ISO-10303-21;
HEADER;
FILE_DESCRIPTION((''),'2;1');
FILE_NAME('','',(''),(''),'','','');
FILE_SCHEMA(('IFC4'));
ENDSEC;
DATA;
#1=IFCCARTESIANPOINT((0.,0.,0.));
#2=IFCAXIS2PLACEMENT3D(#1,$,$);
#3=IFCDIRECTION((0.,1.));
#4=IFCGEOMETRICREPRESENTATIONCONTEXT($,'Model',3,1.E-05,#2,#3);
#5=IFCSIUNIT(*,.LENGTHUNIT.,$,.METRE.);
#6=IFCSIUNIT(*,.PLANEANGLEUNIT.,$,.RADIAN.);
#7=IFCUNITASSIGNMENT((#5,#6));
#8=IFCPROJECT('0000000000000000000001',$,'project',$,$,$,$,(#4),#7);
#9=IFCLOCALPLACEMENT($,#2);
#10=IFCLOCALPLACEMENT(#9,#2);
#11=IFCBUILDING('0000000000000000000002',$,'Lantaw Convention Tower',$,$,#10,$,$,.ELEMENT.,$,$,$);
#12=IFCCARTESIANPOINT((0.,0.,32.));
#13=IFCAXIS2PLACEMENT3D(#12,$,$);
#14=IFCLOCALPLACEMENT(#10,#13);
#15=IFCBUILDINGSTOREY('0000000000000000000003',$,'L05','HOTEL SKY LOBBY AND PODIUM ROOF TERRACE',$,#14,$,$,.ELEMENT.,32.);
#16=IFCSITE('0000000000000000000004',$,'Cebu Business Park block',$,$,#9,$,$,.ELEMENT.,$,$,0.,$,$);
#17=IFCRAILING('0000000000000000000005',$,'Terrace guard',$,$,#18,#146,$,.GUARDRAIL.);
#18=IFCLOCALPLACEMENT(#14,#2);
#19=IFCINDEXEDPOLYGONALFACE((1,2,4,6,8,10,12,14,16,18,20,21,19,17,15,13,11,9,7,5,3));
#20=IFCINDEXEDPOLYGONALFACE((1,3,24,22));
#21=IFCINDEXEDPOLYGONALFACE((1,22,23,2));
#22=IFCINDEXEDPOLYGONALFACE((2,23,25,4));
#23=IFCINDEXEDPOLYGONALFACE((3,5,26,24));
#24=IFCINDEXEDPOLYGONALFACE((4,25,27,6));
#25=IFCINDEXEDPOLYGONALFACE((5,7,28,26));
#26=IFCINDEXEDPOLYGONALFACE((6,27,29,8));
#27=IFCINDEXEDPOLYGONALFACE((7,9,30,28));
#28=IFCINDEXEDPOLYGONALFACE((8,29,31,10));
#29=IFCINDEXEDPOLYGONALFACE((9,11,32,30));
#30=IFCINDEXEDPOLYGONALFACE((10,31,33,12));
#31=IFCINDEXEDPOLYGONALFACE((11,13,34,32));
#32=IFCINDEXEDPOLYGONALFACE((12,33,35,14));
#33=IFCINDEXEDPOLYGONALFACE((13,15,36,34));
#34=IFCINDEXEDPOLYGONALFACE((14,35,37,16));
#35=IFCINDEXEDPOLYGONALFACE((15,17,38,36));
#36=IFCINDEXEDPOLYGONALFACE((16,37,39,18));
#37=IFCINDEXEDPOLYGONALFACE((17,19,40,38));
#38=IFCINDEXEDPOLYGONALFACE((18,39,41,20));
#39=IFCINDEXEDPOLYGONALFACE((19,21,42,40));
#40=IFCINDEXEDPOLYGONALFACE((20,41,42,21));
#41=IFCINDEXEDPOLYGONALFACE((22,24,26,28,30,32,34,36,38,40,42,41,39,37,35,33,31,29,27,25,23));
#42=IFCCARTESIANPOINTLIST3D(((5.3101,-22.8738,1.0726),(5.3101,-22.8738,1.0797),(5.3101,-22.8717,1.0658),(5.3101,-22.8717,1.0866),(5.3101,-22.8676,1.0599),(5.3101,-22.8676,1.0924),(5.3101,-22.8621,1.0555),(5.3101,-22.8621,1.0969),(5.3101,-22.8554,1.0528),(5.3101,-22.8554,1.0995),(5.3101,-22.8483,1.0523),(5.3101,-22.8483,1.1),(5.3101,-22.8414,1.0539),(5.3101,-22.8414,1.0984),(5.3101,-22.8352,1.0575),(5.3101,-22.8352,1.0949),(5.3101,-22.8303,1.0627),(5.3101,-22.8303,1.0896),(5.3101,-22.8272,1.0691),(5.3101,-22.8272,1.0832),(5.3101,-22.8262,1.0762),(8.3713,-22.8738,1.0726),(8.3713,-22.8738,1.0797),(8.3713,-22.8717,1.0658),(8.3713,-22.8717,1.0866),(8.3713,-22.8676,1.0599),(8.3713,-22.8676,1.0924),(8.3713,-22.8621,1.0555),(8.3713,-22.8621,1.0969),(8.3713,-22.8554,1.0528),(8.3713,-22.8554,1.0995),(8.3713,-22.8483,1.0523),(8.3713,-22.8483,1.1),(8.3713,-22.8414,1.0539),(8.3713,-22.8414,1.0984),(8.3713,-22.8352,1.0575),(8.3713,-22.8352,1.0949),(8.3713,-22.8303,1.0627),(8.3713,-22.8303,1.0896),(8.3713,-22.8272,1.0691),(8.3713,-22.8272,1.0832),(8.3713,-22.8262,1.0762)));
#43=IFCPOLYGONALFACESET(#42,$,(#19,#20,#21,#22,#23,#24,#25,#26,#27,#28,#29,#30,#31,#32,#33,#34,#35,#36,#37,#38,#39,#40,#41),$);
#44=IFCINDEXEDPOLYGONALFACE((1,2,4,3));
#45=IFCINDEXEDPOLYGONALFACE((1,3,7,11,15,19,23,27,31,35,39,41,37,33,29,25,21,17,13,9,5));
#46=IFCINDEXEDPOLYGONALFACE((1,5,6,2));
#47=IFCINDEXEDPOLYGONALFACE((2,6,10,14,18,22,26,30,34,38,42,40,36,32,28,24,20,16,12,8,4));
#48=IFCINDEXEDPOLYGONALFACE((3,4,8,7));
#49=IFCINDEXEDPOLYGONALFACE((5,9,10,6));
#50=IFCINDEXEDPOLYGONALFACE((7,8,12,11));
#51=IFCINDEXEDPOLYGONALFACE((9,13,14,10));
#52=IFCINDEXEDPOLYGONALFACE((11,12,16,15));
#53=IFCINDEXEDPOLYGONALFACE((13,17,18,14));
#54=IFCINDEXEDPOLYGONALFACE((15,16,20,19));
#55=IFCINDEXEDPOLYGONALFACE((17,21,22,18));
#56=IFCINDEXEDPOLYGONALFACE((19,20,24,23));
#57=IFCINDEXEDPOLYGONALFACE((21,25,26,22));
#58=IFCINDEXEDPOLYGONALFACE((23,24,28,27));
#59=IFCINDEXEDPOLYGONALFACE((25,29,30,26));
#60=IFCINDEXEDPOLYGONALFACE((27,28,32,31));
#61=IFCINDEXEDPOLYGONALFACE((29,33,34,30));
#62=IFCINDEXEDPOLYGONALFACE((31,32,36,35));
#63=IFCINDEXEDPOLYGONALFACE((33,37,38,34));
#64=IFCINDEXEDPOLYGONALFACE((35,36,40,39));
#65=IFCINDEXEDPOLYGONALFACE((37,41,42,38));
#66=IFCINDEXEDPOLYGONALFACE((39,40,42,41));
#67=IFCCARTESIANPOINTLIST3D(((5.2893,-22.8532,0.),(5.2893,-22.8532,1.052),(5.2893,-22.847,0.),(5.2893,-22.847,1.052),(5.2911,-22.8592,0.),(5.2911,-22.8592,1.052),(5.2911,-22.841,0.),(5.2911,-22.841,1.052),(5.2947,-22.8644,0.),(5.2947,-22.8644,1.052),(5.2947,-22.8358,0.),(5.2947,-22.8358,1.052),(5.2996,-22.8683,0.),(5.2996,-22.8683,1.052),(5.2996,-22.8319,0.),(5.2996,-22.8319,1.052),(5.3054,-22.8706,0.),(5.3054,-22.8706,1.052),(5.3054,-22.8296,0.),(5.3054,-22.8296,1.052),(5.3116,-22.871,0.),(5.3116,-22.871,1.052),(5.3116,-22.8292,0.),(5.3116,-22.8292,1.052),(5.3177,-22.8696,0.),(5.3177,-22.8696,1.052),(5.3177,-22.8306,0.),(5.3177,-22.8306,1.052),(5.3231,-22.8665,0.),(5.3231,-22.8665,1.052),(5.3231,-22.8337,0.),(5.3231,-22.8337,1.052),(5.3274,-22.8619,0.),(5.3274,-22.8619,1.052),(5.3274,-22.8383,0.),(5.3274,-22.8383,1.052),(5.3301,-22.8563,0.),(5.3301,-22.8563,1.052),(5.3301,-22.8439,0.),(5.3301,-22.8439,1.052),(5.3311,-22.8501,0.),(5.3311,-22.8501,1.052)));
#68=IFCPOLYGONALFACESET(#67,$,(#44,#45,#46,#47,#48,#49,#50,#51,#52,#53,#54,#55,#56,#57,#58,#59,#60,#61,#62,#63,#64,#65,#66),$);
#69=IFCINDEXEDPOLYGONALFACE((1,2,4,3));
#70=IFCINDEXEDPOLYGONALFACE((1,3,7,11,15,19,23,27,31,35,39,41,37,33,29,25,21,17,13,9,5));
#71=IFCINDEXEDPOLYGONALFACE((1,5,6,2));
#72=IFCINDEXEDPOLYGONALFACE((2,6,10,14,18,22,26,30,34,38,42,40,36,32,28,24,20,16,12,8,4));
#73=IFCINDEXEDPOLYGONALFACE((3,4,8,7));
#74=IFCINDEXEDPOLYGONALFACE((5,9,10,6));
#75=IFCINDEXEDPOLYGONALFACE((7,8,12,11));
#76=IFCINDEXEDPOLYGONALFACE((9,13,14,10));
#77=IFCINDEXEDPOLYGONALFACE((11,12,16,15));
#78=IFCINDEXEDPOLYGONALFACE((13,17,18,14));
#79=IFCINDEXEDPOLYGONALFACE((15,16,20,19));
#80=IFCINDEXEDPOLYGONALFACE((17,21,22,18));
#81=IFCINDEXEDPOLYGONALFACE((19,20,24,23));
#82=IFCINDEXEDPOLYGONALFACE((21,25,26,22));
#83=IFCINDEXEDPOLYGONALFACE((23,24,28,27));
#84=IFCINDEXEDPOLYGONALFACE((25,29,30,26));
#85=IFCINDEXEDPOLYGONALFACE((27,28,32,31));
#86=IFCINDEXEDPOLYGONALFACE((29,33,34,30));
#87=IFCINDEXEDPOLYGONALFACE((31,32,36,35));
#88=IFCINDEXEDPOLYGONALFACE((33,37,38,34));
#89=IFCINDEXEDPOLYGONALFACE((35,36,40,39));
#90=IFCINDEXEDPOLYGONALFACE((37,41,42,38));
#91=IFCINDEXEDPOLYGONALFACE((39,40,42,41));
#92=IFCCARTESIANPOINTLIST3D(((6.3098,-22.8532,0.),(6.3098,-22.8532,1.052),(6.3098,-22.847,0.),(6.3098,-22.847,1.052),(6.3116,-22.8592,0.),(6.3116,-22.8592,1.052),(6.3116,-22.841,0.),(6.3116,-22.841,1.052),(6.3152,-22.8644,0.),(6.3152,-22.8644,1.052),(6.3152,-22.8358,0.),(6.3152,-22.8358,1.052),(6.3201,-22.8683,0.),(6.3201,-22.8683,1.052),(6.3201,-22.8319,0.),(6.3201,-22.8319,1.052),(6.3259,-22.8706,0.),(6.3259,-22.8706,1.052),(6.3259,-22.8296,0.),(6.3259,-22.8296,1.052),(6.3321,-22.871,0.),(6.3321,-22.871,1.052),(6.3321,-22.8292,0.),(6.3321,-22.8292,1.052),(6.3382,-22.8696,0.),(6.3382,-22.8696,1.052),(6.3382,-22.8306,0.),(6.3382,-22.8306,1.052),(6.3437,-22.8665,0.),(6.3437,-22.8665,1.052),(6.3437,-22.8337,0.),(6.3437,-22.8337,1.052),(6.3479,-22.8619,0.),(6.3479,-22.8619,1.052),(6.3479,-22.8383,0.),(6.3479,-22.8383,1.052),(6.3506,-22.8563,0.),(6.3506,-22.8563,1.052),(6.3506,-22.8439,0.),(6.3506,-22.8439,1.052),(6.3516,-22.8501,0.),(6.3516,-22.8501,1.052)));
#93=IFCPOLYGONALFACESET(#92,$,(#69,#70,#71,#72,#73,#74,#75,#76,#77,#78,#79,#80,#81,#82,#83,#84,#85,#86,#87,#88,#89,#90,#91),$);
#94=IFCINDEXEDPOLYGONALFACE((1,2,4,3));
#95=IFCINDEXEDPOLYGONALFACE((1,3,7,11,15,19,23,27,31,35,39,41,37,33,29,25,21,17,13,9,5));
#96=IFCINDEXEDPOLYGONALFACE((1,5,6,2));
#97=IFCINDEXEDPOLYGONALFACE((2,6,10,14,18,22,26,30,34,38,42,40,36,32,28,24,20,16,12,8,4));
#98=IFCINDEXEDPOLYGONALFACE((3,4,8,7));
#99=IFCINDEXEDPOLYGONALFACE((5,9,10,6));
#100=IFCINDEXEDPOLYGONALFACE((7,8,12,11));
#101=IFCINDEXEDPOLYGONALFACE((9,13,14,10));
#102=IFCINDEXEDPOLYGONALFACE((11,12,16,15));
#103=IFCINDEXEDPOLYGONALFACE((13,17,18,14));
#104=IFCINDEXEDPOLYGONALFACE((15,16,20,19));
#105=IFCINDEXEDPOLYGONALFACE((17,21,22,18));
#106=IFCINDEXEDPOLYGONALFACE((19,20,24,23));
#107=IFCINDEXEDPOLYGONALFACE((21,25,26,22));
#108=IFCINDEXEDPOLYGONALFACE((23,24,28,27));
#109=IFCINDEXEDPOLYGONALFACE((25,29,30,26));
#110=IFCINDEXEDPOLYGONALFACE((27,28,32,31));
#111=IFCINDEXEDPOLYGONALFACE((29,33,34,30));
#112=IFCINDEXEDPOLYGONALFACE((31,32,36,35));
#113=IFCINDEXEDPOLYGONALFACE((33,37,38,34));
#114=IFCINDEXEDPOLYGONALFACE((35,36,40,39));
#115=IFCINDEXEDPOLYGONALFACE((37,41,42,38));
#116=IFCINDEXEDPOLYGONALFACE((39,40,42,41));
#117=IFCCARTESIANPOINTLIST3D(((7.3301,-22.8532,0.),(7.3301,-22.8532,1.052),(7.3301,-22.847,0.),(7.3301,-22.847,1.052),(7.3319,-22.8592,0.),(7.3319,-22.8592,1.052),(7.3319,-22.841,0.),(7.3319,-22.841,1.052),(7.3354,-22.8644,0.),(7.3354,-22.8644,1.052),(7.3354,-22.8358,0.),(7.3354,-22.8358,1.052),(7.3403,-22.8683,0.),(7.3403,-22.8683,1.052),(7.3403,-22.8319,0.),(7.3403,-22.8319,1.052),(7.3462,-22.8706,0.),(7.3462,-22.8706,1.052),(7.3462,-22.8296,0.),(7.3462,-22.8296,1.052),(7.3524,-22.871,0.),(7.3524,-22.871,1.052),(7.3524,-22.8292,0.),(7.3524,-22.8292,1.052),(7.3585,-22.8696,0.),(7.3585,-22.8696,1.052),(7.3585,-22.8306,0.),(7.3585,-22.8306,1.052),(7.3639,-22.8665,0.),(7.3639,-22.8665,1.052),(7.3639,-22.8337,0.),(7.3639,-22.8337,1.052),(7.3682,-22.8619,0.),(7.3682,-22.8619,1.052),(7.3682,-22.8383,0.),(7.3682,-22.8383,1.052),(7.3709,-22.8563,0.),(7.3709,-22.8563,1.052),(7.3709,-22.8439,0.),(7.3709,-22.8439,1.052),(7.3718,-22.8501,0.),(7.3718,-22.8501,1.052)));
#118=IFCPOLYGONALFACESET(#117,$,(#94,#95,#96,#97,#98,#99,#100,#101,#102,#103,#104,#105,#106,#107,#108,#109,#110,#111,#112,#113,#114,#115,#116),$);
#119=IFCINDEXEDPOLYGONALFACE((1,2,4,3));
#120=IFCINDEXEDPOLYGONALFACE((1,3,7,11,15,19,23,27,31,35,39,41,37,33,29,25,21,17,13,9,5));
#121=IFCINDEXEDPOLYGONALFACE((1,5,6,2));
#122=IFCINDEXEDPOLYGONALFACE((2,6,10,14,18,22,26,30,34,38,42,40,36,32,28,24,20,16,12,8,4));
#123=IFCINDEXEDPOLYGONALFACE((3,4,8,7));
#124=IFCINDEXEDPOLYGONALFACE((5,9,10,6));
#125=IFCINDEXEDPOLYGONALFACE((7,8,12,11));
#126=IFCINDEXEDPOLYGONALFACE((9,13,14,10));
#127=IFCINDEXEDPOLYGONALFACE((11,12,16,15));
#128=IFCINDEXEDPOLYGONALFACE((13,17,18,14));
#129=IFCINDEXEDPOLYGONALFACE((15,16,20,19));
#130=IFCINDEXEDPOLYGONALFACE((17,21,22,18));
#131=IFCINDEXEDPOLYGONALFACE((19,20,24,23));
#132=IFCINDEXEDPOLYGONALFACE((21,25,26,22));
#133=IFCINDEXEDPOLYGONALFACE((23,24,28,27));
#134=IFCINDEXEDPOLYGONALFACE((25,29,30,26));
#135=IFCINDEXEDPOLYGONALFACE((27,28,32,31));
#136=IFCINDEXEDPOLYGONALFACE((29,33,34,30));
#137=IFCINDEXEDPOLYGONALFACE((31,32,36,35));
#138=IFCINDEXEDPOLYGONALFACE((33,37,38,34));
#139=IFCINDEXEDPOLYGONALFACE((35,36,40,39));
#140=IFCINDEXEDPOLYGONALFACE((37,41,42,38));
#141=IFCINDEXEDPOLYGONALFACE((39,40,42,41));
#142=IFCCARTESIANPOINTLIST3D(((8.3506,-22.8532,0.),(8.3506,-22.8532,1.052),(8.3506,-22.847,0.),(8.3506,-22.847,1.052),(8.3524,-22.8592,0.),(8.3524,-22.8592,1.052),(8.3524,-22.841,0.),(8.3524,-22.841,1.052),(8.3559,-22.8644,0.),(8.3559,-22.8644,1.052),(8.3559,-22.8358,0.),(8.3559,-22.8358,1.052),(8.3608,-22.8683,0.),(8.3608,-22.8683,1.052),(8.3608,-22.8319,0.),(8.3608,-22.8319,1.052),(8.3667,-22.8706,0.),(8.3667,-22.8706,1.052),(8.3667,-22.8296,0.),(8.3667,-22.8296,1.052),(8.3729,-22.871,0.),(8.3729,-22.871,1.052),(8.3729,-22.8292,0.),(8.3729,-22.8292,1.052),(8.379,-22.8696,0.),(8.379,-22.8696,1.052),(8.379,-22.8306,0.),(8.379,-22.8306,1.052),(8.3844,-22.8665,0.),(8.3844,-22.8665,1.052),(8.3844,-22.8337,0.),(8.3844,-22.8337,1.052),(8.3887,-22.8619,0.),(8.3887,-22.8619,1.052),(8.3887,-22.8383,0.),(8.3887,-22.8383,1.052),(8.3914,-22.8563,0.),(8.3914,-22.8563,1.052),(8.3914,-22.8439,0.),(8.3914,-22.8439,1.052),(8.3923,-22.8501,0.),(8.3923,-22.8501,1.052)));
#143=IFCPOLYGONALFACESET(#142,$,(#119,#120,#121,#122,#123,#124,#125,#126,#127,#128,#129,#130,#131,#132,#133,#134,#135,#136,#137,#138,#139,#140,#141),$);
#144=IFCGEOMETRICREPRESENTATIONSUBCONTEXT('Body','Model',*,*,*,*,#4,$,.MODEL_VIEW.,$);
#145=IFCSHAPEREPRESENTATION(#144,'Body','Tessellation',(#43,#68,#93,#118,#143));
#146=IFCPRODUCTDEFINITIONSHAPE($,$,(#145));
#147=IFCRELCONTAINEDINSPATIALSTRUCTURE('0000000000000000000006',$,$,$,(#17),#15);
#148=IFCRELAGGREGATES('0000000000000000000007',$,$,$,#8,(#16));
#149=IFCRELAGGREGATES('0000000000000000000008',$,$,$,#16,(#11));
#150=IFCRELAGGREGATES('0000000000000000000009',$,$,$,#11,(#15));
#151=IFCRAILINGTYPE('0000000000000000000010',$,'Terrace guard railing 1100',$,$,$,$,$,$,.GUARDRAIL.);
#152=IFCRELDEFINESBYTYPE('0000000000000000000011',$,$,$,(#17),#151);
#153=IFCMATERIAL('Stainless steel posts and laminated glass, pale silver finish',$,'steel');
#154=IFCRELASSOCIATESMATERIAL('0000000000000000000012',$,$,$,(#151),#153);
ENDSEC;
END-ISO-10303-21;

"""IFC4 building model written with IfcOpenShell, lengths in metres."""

from ifc_helpers import new_model, si_unit, direction, frame, origin, origin_2d, place, context, subcontext, project, spatial, circle, extrude, material, type_object, element, save


model = new_model("IFC4")

# Units and contexts
model_context = context("Model", 3, precision=1e-05, world=origin(), true_north=direction((0.0, 1.0)))
body_context = subcontext(model_context, "Body", "Model", "MODEL_VIEW")
ifc_project = project(units=[si_unit("LENGTHUNIT", "METRE"), si_unit("PLANEANGLEUNIT", "RADIAN")], contexts=[model_context])

# Site, building, storey
site_placement = place(None, origin())
site = spatial("IfcSite", under=ifc_project, at=site_placement, Name="Cebu Business Park block", CompositionType="ELEMENT", RefElevation=0.0)
building_placement = place(site_placement, origin())
building = spatial("IfcBuilding", under=site, at=building_placement, Name="Lantaw Convention Tower", CompositionType="ELEMENT")
storey_placement = place(building_placement, frame((0.0, 0.0, 32.0)))
storey = spatial("IfcBuildingStorey", under=building, at=storey_placement, Name="L05", Description="HOTEL SKY LOBBY AND PODIUM ROOF TERRACE", CompositionType="ELEMENT", Elevation=32.0)

# Railing
ifc_material_1 = material(Name="Stainless steel posts and laminated glass, pale silver finish", Category="steel")
railing_type = type_object("IfcRailingType", Name="Terrace guard railing 1100", PredefinedType="GUARDRAIL", material=ifc_material_1)
railing_1_placement = place(storey_placement, frame((5.3101, -22.8501, 0.0)))
element("IfcRailing", 1, at=railing_1_placement, inside=storey, type_object=railing_type, Name="Terrace guard", PredefinedType="GUARDRAIL", context=body_context, shape_type="SweptSolid", body=[
    extrude(circle(Radius=0.0239, at=origin_2d()), frame((0.0, 0.0, 1.0762), z_axis=(1.0, 0.0, 0.0), x_axis=(0.0, 1.0, 0.0)), (0.0, 0.0, 1.0), 3.0613),
    extrude(circle(Radius=0.021, at=origin_2d()), origin(), (0.0, 0.0, 1.0), 1.052),
    extrude(circle(Radius=0.021, at=origin_2d()), frame((1.0205, 0.0, 0.0)), (0.0, 0.0, 1.0), 1.052),
    extrude(circle(Radius=0.021, at=origin_2d()), frame((2.0408, 0.0, 0.0)), (0.0, 0.0, 1.0), 1.052),
    extrude(circle(Radius=0.021, at=origin_2d()), frame((3.0613, 0.0, 0.0)), (0.0, 0.0, 1.0), 1.052),
])

save(model, "model.ifc")
